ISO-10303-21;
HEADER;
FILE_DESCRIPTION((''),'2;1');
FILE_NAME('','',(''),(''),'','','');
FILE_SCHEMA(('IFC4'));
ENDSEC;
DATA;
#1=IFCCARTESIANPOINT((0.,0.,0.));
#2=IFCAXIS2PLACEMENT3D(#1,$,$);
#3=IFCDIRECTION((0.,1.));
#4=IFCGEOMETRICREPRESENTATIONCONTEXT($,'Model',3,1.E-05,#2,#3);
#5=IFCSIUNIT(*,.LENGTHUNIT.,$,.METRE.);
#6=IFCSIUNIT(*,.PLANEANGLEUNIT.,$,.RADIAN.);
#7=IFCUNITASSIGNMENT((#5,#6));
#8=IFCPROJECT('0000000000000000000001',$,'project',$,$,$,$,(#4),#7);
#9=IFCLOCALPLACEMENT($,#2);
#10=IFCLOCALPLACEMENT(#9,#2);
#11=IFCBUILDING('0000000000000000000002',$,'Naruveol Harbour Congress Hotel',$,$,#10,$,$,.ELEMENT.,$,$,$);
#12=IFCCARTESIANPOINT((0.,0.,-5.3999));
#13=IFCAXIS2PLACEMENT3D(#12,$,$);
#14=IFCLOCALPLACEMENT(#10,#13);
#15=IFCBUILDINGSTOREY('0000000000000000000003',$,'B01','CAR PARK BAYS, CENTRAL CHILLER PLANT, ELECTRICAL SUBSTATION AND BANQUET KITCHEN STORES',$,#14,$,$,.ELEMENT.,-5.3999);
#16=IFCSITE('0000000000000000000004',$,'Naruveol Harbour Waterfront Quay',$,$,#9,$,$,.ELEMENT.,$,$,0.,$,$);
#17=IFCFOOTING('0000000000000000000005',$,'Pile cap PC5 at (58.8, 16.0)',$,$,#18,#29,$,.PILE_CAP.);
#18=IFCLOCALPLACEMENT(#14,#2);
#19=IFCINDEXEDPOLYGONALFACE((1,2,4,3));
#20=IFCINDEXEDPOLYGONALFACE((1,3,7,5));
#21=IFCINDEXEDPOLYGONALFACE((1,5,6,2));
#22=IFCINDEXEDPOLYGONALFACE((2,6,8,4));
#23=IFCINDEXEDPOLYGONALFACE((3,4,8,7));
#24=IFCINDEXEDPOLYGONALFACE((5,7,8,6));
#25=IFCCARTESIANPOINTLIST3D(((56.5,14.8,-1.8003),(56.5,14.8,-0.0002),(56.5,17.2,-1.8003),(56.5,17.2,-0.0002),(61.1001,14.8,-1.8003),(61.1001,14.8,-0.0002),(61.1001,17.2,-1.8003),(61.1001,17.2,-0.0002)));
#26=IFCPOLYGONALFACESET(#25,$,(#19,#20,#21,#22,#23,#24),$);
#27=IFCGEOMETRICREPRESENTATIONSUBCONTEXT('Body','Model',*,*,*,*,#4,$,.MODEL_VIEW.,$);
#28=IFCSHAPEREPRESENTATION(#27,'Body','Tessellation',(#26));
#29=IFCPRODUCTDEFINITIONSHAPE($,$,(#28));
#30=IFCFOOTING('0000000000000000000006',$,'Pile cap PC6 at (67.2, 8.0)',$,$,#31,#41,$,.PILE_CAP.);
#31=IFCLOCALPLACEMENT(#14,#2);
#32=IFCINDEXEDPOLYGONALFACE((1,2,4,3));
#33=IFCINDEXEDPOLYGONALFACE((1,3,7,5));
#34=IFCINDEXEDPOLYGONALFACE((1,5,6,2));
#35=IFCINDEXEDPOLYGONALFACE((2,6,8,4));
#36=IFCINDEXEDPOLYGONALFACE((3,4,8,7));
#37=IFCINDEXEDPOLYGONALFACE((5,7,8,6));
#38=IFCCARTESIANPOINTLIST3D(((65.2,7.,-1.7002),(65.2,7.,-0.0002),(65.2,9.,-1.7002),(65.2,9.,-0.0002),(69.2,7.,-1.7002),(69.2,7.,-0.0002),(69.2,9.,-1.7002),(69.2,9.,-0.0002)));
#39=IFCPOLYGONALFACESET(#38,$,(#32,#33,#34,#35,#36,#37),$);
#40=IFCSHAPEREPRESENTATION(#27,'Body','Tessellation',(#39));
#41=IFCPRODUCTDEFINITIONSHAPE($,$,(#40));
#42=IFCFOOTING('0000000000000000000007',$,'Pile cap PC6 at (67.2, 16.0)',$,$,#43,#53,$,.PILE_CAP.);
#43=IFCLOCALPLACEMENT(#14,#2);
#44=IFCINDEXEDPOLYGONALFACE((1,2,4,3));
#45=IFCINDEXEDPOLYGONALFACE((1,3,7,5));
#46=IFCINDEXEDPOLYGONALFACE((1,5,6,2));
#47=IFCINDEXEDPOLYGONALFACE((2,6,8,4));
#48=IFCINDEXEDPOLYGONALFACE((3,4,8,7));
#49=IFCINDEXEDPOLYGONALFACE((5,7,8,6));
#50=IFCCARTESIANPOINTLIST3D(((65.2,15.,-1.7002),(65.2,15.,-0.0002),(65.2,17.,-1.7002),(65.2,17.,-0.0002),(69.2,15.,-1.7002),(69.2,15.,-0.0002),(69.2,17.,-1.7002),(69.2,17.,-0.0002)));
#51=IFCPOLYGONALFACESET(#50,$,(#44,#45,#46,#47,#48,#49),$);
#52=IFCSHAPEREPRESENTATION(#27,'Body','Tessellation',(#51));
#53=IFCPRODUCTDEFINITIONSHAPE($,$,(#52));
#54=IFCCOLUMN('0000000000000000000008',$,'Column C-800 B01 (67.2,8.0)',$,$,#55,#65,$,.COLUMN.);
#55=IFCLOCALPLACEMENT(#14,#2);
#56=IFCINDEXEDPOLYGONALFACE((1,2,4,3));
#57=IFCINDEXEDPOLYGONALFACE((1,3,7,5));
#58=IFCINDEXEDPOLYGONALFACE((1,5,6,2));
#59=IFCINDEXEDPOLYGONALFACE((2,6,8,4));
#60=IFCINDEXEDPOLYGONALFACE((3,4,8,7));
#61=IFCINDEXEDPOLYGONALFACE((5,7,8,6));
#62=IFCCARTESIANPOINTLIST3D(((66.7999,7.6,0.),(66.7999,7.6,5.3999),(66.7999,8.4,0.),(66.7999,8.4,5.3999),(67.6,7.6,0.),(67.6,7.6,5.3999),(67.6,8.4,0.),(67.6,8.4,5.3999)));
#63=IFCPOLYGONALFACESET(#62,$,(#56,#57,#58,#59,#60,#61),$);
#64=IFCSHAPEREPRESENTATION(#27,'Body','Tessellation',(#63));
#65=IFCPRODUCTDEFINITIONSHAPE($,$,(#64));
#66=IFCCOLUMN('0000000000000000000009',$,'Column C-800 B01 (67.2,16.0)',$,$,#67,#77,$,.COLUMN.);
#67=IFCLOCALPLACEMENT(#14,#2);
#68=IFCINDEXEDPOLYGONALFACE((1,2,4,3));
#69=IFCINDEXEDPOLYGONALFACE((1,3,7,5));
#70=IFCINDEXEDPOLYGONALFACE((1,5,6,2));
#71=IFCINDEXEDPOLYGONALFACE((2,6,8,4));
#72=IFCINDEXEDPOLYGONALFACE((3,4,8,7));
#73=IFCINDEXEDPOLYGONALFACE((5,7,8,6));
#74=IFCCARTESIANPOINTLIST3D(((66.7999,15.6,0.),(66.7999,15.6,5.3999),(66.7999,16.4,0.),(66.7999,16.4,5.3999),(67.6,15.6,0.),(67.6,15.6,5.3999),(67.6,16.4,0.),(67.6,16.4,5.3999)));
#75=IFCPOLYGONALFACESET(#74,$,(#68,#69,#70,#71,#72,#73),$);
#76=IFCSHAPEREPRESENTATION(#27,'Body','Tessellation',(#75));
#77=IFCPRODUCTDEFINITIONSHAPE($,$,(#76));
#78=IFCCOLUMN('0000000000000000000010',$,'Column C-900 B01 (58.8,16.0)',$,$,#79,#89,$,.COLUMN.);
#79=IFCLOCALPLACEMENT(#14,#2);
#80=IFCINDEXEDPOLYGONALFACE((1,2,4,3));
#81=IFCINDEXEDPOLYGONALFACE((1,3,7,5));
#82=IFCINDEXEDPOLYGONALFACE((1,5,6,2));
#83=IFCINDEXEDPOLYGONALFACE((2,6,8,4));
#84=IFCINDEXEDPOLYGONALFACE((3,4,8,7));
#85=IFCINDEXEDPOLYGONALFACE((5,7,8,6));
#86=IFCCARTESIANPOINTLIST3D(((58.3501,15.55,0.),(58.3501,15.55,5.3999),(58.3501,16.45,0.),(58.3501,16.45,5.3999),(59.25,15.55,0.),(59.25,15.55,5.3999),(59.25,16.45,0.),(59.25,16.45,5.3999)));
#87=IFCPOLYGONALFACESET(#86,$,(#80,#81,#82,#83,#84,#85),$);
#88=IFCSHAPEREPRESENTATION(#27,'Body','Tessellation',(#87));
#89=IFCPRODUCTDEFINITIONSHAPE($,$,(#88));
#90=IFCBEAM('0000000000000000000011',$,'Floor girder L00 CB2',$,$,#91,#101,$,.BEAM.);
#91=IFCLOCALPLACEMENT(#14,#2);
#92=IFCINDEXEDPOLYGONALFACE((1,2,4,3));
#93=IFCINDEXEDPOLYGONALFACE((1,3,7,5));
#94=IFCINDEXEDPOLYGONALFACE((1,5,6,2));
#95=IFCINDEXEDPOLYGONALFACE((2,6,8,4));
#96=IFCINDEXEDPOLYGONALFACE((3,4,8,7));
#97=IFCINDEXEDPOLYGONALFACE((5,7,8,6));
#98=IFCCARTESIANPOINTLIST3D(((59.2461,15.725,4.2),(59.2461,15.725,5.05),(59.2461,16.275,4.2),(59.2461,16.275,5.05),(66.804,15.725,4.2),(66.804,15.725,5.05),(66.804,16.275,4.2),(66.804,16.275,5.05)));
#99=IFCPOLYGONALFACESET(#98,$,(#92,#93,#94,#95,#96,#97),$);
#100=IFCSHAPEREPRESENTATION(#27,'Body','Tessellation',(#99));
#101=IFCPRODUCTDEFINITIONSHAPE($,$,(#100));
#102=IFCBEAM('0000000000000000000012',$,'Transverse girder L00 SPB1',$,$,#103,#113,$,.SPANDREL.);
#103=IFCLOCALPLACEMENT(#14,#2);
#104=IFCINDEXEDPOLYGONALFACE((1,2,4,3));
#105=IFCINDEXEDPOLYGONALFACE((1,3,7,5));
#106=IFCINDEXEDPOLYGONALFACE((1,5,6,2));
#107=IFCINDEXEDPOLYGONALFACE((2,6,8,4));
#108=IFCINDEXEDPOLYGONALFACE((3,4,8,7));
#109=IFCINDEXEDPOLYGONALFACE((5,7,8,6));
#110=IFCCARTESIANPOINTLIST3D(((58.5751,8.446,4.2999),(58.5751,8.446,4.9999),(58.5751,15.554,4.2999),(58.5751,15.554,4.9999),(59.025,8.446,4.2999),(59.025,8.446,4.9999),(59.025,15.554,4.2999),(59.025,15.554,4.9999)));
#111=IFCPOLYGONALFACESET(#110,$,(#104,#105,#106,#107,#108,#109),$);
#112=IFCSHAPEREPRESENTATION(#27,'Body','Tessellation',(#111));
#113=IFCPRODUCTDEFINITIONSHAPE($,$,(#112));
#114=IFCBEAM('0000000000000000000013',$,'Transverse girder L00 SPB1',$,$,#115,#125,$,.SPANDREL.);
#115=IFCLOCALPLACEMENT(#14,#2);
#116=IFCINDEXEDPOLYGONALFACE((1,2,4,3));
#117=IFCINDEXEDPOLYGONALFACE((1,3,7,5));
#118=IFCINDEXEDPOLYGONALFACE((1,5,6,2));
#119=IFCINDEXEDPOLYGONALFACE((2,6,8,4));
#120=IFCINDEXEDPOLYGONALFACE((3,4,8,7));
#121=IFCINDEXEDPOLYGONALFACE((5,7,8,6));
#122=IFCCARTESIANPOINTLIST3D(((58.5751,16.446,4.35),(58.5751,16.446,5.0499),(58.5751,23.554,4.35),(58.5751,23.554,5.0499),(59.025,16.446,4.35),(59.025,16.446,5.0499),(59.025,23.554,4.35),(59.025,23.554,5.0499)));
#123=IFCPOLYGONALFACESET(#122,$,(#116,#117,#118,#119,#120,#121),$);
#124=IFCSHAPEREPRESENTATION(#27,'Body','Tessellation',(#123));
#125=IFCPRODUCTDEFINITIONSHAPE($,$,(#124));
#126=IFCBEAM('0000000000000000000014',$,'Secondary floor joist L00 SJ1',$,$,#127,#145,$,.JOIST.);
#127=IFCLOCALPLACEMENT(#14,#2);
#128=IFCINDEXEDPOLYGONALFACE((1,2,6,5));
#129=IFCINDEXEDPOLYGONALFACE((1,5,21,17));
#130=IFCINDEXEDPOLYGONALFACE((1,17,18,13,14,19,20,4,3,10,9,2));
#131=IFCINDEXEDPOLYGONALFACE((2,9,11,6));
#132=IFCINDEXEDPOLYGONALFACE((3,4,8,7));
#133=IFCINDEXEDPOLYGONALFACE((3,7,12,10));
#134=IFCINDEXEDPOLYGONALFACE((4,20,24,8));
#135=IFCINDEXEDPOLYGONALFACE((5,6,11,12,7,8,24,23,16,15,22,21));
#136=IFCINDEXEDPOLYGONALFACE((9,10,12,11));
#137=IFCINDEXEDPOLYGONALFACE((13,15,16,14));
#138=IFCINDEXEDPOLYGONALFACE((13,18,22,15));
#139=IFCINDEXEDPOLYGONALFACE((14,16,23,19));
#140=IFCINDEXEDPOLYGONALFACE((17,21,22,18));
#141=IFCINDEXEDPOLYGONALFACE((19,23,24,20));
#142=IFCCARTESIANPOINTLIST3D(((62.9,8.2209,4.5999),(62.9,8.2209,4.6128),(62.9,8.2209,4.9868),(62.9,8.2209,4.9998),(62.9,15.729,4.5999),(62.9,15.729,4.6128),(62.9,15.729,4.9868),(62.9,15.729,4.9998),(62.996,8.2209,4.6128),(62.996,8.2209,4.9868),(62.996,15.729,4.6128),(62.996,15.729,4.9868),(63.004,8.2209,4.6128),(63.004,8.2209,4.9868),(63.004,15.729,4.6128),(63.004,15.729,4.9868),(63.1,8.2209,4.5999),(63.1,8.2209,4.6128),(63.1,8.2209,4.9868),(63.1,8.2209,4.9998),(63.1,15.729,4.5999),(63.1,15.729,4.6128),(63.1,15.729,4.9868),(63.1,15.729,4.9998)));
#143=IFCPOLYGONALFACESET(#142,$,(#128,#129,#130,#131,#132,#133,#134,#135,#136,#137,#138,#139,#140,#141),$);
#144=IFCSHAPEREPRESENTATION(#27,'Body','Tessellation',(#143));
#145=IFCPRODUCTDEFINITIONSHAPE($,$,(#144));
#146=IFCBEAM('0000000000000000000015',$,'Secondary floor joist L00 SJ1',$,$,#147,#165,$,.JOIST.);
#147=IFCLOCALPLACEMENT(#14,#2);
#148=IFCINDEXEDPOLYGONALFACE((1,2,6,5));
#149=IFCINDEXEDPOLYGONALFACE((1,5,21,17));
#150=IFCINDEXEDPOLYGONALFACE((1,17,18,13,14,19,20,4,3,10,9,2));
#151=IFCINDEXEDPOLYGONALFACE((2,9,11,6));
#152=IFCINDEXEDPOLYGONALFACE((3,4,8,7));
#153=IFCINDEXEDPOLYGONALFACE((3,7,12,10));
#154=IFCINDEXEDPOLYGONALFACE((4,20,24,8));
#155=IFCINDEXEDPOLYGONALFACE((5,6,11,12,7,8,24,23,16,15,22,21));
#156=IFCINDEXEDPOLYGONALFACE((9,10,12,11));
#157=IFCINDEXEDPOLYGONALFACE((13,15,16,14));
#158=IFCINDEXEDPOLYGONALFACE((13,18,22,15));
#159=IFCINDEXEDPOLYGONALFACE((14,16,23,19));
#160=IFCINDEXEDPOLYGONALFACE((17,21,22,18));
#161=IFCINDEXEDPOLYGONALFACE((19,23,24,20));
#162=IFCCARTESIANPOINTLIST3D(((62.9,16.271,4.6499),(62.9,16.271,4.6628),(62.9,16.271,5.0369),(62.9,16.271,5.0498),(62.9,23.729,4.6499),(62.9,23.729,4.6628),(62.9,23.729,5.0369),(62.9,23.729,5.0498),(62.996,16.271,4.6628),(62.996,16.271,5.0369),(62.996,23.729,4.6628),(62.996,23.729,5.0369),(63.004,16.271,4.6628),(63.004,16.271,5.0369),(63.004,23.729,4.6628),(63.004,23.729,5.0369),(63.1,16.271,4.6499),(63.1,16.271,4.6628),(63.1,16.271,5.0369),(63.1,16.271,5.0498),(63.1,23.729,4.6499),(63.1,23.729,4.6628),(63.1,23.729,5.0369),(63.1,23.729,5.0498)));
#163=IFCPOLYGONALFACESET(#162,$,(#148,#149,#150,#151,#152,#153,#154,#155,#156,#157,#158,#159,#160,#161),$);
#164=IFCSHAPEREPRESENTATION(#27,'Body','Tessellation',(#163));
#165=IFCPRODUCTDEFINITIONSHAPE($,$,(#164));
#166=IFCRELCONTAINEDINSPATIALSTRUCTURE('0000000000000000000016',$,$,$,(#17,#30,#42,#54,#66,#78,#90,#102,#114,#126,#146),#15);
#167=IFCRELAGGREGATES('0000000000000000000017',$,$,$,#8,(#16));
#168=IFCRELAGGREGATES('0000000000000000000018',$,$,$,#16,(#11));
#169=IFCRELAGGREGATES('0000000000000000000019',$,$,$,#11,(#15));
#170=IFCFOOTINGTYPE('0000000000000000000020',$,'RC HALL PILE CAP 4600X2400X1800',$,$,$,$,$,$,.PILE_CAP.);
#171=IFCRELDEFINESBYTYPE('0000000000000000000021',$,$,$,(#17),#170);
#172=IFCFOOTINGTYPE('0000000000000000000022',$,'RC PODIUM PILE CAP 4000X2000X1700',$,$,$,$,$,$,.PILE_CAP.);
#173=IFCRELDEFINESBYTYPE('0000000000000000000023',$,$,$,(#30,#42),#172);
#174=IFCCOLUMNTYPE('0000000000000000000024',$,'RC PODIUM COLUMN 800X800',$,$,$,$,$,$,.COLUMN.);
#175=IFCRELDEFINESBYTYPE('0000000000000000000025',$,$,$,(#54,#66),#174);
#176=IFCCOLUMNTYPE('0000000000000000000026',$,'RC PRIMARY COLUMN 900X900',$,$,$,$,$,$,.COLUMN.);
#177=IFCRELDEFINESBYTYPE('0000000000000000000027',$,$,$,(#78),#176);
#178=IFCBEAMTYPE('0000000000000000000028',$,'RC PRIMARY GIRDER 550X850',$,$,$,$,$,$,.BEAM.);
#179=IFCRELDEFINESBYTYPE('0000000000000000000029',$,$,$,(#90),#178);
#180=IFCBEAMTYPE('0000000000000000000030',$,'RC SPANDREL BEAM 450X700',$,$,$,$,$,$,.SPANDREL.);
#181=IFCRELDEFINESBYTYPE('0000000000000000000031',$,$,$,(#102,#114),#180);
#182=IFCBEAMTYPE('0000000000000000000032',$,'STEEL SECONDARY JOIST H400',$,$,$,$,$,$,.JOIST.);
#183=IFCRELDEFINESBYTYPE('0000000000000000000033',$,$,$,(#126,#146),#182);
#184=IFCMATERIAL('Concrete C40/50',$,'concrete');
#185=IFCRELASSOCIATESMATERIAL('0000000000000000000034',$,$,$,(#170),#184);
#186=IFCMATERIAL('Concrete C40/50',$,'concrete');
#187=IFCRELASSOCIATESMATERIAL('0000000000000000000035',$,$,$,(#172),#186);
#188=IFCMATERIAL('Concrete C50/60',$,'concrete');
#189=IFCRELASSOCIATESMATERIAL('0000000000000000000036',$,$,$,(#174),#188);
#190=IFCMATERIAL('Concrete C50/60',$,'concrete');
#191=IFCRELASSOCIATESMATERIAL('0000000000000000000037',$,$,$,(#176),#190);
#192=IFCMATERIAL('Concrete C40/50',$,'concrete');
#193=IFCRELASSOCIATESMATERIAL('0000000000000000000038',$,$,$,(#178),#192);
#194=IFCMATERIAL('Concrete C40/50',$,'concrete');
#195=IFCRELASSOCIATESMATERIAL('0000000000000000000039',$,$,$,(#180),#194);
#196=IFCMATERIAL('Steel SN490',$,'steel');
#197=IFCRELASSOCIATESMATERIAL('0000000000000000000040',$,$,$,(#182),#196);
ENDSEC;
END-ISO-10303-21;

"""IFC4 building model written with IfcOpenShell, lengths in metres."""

from ifc_helpers import new_model, si_unit, direction, frame, origin, origin_2d, place, context, subcontext, project, spatial, rectangle, i_section, extrude, material, material_profile, profile_set, type_object, element, save


model = new_model("IFC4")

# Units and contexts
model_context = context("Model", 3, precision=1e-05, world=origin(), true_north=direction((0.0, 1.0)))
body_context = subcontext(model_context, "Body", "Model", "MODEL_VIEW")
ifc_project = project(units=[si_unit("LENGTHUNIT", "METRE"), si_unit("PLANEANGLEUNIT", "RADIAN")], contexts=[model_context])

# Site, building, storey
site_placement = place(None, origin())
site = spatial("IfcSite", under=ifc_project, at=site_placement, Name="Naruveol Harbour Waterfront Quay", CompositionType="ELEMENT", RefElevation=0.0)
building_placement = place(site_placement, origin())
building = spatial("IfcBuilding", under=site, at=building_placement, Name="Naruveol Harbour Congress Hotel", CompositionType="ELEMENT")
storey_placement = place(building_placement, frame((0.0, 0.0, -5.3999)))
storey = spatial("IfcBuildingStorey", under=building, at=storey_placement, Name="B01", Description="CAR PARK BAYS, CENTRAL CHILLER PLANT, ELECTRICAL SUBSTATION AND BANQUET KITCHEN STORES", CompositionType="ELEMENT", Elevation=-5.3999)

# Footings
ifc_material_1 = material(Name="Concrete C40/50", Category="concrete")
footing_type_1 = type_object("IfcFootingType", Name="RC HALL PILE CAP 4600X2400X1800", PredefinedType="PILE_CAP", material=ifc_material_1)
footing_placement = place(storey_placement, frame((58.8, 16.0, -1.8003), z_axis=(0.0, 0.0, 1.0), x_axis=(1.0, 0.0, 0.0)))
element("IfcFooting", 1, at=footing_placement, inside=storey, type_object=footing_type_1, Name="Pile cap PC5 at (58.8, 16.0)", PredefinedType="PILE_CAP", context=body_context, shape_type="SweptSolid", body=[
    extrude(rectangle(XDim=4.6001, YDim=2.3999, at=origin_2d()), origin(), (0.0, 0.0, 1.0), 1.8),
])
ifc_material_2 = material(Name="Concrete C40/50", Category="concrete")
footing_type_2 = type_object("IfcFootingType", Name="RC PODIUM PILE CAP 4000X2000X1700", PredefinedType="PILE_CAP", material=ifc_material_2)
for number, where, z_axis, x_axis, name in (
    (2, (67.2, 8.0, -1.7002), (0.0, 0.0, 1.0), (1.0, 0.0, 0.0), "Pile cap PC6 at (67.2, 8.0)"),
    (3, (67.2, 16.0, -1.7002), (0.0, 0.0, 1.0), (1.0, 0.0, 0.0), "Pile cap PC6 at (67.2, 16.0)"),
):
    element("IfcFooting", number, at=place(storey_placement, frame(where, z_axis=z_axis, x_axis=x_axis)), inside=storey, type_object=footing_type_2, Name=name, PredefinedType="PILE_CAP", context=body_context, shape_type="SweptSolid", body=[
        extrude(rectangle(XDim=4.0, YDim=2.0, at=origin_2d()), origin(), (0.0, 0.0, 1.0), 1.7),
    ])

# Columns
ifc_material_3 = material(Name="Concrete C50/60", Category="concrete")
ifc_material_profile_1 = material_profile(ifc_material_3, rectangle(XDim=0.8, YDim=0.8, at=origin_2d()), Name="RC-800x800")
ifc_profile_set_1 = profile_set([ifc_material_profile_1], Name="Concrete C50/60")
column_type_1 = type_object("IfcColumnType", Name="RC PODIUM COLUMN 800X800", PredefinedType="COLUMN", material=ifc_profile_set_1)
for number, where, z_axis, x_axis, name in (
    (4, (67.2, 8.0, 0.0), (0.0, 0.0, 1.0), (1.0, 0.0, 0.0), "Column C-800 B01 (67.2,8.0)"),
    (5, (67.2, 16.0, 0.0), (0.0, 0.0, 1.0), (1.0, 0.0, 0.0), "Column C-800 B01 (67.2,16.0)"),
):
    element("IfcColumn", number, at=place(storey_placement, frame(where, z_axis=z_axis, x_axis=x_axis)), inside=storey, type_object=column_type_1, Name=name, PredefinedType="COLUMN", context=body_context, shape_type="SweptSolid", body=[
        extrude(rectangle(XDim=0.8, YDim=0.8, at=origin_2d()), origin(), (0.0, 0.0, 1.0), 5.3999),
    ])
ifc_material_4 = material(Name="Concrete C50/60", Category="concrete")
ifc_material_profile_2 = material_profile(ifc_material_4, rectangle(XDim=0.8999, YDim=0.8999, at=origin_2d()), Name="RC-900x900")
ifc_profile_set_2 = profile_set([ifc_material_profile_2], Name="Concrete C50/60")
column_type_2 = type_object("IfcColumnType", Name="RC PRIMARY COLUMN 900X900", PredefinedType="COLUMN", material=ifc_profile_set_2)
column_placement = place(storey_placement, frame((58.8, 16.0, 0.0), z_axis=(0.0, 0.0, 1.0), x_axis=(1.0, 0.0, 0.0)))
element("IfcColumn", 6, at=column_placement, inside=storey, type_object=column_type_2, Name="Column C-900 B01 (58.8,16.0)", PredefinedType="COLUMN", context=body_context, shape_type="SweptSolid", body=[
    extrude(rectangle(XDim=0.8999, YDim=0.8999, at=origin_2d()), origin(), (0.0, 0.0, 1.0), 5.3999),
])

# Beams
ifc_material_5 = material(Name="Concrete C40/50", Category="concrete")
ifc_material_profile_3 = material_profile(ifc_material_5, rectangle(XDim=0.55, YDim=0.8501, at=origin_2d()), Name="RCB-550x850")
ifc_profile_set_3 = profile_set([ifc_material_profile_3], Name="Concrete C40/50")
beam_type_1 = type_object("IfcBeamType", Name="RC PRIMARY GIRDER 550X850", PredefinedType="BEAM", material=ifc_profile_set_3)
beam_1_placement = place(storey_placement, frame((59.2461, 16.0, 4.625), z_axis=(1.0, 0.0, 0.0), x_axis=(0.0, 1.0, 0.0)))
element("IfcBeam", 7, at=beam_1_placement, inside=storey, type_object=beam_type_1, Name="Floor girder L00 CB2", PredefinedType="BEAM", context=body_context, shape_type="SweptSolid", body=[
    extrude(rectangle(XDim=0.55, YDim=0.8501, at=origin_2d()), origin(), (0.0, 0.0, 1.0), 7.5579),
])
ifc_material_6 = material(Name="Concrete C40/50", Category="concrete")
ifc_material_profile_4 = material_profile(ifc_material_6, rectangle(XDim=0.45, YDim=0.7, at=origin_2d()), Name="RCB-450x700")
ifc_profile_set_4 = profile_set([ifc_material_profile_4], Name="Concrete C40/50")
beam_type_2 = type_object("IfcBeamType", Name="RC SPANDREL BEAM 450X700", PredefinedType="SPANDREL", material=ifc_profile_set_4)
for number, where, z_axis, x_axis, name in (
    (8, (58.8, 8.446, 4.6499), (0.0, 1.0, 0.0), (-1.0, 0.0, 0.0), "Transverse girder L00 SPB1"),
    (9, (58.8, 16.446, 4.7), (0.0, 1.0, 0.0), (-1.0, 0.0, 0.0), "Transverse girder L00 SPB1"),
):
    element("IfcBeam", number, at=place(storey_placement, frame(where, z_axis=z_axis, x_axis=x_axis)), inside=storey, type_object=beam_type_2, Name=name, PredefinedType="SPANDREL", context=body_context, shape_type="SweptSolid", body=[
        extrude(rectangle(XDim=0.45, YDim=0.7, at=origin_2d()), origin(), (0.0, 0.0, 1.0), 7.1079),
    ])
ifc_material_7 = material(Name="Steel SN490", Category="steel")
ifc_material_profile_5 = material_profile(ifc_material_7, i_section(OverallWidth=0.2, OverallDepth=0.3999, WebThickness=0.0081, FlangeThickness=0.0129, at=origin_2d()), Name="H-400x200x8x13")
ifc_profile_set_5 = profile_set([ifc_material_profile_5], Name="Steel SN490")
beam_type_3 = type_object("IfcBeamType", Name="STEEL SECONDARY JOIST H400", PredefinedType="JOIST", material=ifc_profile_set_5)
beam_2_placement = place(storey_placement, frame((63.0, 8.2209, 4.7998), z_axis=(0.0, 1.0, 0.0), x_axis=(-1.0, 0.0, 0.0)))
element("IfcBeam", 10, at=beam_2_placement, inside=storey, type_object=beam_type_3, Name="Secondary floor joist L00 SJ1", PredefinedType="JOIST", context=body_context, shape_type="SweptSolid", body=[
    extrude(i_section(OverallWidth=0.2, OverallDepth=0.3999, WebThickness=0.0081, FlangeThickness=0.0129, at=origin_2d()), origin(), (0.0, 0.0, 1.0), 7.5081),
])
beam_3_placement = place(storey_placement, frame((63.0, 16.271, 4.8499), z_axis=(0.0, 1.0, 0.0), x_axis=(-1.0, 0.0, 0.0)))
element("IfcBeam", 11, at=beam_3_placement, inside=storey, type_object=beam_type_3, Name="Secondary floor joist L00 SJ1", PredefinedType="JOIST", context=body_context, shape_type="SweptSolid", body=[
    extrude(i_section(OverallWidth=0.2, OverallDepth=0.3999, WebThickness=0.0081, FlangeThickness=0.0129, at=origin_2d()), origin(), (0.0, 0.0, 1.0), 7.458),
])

save(model, "model.ifc")
